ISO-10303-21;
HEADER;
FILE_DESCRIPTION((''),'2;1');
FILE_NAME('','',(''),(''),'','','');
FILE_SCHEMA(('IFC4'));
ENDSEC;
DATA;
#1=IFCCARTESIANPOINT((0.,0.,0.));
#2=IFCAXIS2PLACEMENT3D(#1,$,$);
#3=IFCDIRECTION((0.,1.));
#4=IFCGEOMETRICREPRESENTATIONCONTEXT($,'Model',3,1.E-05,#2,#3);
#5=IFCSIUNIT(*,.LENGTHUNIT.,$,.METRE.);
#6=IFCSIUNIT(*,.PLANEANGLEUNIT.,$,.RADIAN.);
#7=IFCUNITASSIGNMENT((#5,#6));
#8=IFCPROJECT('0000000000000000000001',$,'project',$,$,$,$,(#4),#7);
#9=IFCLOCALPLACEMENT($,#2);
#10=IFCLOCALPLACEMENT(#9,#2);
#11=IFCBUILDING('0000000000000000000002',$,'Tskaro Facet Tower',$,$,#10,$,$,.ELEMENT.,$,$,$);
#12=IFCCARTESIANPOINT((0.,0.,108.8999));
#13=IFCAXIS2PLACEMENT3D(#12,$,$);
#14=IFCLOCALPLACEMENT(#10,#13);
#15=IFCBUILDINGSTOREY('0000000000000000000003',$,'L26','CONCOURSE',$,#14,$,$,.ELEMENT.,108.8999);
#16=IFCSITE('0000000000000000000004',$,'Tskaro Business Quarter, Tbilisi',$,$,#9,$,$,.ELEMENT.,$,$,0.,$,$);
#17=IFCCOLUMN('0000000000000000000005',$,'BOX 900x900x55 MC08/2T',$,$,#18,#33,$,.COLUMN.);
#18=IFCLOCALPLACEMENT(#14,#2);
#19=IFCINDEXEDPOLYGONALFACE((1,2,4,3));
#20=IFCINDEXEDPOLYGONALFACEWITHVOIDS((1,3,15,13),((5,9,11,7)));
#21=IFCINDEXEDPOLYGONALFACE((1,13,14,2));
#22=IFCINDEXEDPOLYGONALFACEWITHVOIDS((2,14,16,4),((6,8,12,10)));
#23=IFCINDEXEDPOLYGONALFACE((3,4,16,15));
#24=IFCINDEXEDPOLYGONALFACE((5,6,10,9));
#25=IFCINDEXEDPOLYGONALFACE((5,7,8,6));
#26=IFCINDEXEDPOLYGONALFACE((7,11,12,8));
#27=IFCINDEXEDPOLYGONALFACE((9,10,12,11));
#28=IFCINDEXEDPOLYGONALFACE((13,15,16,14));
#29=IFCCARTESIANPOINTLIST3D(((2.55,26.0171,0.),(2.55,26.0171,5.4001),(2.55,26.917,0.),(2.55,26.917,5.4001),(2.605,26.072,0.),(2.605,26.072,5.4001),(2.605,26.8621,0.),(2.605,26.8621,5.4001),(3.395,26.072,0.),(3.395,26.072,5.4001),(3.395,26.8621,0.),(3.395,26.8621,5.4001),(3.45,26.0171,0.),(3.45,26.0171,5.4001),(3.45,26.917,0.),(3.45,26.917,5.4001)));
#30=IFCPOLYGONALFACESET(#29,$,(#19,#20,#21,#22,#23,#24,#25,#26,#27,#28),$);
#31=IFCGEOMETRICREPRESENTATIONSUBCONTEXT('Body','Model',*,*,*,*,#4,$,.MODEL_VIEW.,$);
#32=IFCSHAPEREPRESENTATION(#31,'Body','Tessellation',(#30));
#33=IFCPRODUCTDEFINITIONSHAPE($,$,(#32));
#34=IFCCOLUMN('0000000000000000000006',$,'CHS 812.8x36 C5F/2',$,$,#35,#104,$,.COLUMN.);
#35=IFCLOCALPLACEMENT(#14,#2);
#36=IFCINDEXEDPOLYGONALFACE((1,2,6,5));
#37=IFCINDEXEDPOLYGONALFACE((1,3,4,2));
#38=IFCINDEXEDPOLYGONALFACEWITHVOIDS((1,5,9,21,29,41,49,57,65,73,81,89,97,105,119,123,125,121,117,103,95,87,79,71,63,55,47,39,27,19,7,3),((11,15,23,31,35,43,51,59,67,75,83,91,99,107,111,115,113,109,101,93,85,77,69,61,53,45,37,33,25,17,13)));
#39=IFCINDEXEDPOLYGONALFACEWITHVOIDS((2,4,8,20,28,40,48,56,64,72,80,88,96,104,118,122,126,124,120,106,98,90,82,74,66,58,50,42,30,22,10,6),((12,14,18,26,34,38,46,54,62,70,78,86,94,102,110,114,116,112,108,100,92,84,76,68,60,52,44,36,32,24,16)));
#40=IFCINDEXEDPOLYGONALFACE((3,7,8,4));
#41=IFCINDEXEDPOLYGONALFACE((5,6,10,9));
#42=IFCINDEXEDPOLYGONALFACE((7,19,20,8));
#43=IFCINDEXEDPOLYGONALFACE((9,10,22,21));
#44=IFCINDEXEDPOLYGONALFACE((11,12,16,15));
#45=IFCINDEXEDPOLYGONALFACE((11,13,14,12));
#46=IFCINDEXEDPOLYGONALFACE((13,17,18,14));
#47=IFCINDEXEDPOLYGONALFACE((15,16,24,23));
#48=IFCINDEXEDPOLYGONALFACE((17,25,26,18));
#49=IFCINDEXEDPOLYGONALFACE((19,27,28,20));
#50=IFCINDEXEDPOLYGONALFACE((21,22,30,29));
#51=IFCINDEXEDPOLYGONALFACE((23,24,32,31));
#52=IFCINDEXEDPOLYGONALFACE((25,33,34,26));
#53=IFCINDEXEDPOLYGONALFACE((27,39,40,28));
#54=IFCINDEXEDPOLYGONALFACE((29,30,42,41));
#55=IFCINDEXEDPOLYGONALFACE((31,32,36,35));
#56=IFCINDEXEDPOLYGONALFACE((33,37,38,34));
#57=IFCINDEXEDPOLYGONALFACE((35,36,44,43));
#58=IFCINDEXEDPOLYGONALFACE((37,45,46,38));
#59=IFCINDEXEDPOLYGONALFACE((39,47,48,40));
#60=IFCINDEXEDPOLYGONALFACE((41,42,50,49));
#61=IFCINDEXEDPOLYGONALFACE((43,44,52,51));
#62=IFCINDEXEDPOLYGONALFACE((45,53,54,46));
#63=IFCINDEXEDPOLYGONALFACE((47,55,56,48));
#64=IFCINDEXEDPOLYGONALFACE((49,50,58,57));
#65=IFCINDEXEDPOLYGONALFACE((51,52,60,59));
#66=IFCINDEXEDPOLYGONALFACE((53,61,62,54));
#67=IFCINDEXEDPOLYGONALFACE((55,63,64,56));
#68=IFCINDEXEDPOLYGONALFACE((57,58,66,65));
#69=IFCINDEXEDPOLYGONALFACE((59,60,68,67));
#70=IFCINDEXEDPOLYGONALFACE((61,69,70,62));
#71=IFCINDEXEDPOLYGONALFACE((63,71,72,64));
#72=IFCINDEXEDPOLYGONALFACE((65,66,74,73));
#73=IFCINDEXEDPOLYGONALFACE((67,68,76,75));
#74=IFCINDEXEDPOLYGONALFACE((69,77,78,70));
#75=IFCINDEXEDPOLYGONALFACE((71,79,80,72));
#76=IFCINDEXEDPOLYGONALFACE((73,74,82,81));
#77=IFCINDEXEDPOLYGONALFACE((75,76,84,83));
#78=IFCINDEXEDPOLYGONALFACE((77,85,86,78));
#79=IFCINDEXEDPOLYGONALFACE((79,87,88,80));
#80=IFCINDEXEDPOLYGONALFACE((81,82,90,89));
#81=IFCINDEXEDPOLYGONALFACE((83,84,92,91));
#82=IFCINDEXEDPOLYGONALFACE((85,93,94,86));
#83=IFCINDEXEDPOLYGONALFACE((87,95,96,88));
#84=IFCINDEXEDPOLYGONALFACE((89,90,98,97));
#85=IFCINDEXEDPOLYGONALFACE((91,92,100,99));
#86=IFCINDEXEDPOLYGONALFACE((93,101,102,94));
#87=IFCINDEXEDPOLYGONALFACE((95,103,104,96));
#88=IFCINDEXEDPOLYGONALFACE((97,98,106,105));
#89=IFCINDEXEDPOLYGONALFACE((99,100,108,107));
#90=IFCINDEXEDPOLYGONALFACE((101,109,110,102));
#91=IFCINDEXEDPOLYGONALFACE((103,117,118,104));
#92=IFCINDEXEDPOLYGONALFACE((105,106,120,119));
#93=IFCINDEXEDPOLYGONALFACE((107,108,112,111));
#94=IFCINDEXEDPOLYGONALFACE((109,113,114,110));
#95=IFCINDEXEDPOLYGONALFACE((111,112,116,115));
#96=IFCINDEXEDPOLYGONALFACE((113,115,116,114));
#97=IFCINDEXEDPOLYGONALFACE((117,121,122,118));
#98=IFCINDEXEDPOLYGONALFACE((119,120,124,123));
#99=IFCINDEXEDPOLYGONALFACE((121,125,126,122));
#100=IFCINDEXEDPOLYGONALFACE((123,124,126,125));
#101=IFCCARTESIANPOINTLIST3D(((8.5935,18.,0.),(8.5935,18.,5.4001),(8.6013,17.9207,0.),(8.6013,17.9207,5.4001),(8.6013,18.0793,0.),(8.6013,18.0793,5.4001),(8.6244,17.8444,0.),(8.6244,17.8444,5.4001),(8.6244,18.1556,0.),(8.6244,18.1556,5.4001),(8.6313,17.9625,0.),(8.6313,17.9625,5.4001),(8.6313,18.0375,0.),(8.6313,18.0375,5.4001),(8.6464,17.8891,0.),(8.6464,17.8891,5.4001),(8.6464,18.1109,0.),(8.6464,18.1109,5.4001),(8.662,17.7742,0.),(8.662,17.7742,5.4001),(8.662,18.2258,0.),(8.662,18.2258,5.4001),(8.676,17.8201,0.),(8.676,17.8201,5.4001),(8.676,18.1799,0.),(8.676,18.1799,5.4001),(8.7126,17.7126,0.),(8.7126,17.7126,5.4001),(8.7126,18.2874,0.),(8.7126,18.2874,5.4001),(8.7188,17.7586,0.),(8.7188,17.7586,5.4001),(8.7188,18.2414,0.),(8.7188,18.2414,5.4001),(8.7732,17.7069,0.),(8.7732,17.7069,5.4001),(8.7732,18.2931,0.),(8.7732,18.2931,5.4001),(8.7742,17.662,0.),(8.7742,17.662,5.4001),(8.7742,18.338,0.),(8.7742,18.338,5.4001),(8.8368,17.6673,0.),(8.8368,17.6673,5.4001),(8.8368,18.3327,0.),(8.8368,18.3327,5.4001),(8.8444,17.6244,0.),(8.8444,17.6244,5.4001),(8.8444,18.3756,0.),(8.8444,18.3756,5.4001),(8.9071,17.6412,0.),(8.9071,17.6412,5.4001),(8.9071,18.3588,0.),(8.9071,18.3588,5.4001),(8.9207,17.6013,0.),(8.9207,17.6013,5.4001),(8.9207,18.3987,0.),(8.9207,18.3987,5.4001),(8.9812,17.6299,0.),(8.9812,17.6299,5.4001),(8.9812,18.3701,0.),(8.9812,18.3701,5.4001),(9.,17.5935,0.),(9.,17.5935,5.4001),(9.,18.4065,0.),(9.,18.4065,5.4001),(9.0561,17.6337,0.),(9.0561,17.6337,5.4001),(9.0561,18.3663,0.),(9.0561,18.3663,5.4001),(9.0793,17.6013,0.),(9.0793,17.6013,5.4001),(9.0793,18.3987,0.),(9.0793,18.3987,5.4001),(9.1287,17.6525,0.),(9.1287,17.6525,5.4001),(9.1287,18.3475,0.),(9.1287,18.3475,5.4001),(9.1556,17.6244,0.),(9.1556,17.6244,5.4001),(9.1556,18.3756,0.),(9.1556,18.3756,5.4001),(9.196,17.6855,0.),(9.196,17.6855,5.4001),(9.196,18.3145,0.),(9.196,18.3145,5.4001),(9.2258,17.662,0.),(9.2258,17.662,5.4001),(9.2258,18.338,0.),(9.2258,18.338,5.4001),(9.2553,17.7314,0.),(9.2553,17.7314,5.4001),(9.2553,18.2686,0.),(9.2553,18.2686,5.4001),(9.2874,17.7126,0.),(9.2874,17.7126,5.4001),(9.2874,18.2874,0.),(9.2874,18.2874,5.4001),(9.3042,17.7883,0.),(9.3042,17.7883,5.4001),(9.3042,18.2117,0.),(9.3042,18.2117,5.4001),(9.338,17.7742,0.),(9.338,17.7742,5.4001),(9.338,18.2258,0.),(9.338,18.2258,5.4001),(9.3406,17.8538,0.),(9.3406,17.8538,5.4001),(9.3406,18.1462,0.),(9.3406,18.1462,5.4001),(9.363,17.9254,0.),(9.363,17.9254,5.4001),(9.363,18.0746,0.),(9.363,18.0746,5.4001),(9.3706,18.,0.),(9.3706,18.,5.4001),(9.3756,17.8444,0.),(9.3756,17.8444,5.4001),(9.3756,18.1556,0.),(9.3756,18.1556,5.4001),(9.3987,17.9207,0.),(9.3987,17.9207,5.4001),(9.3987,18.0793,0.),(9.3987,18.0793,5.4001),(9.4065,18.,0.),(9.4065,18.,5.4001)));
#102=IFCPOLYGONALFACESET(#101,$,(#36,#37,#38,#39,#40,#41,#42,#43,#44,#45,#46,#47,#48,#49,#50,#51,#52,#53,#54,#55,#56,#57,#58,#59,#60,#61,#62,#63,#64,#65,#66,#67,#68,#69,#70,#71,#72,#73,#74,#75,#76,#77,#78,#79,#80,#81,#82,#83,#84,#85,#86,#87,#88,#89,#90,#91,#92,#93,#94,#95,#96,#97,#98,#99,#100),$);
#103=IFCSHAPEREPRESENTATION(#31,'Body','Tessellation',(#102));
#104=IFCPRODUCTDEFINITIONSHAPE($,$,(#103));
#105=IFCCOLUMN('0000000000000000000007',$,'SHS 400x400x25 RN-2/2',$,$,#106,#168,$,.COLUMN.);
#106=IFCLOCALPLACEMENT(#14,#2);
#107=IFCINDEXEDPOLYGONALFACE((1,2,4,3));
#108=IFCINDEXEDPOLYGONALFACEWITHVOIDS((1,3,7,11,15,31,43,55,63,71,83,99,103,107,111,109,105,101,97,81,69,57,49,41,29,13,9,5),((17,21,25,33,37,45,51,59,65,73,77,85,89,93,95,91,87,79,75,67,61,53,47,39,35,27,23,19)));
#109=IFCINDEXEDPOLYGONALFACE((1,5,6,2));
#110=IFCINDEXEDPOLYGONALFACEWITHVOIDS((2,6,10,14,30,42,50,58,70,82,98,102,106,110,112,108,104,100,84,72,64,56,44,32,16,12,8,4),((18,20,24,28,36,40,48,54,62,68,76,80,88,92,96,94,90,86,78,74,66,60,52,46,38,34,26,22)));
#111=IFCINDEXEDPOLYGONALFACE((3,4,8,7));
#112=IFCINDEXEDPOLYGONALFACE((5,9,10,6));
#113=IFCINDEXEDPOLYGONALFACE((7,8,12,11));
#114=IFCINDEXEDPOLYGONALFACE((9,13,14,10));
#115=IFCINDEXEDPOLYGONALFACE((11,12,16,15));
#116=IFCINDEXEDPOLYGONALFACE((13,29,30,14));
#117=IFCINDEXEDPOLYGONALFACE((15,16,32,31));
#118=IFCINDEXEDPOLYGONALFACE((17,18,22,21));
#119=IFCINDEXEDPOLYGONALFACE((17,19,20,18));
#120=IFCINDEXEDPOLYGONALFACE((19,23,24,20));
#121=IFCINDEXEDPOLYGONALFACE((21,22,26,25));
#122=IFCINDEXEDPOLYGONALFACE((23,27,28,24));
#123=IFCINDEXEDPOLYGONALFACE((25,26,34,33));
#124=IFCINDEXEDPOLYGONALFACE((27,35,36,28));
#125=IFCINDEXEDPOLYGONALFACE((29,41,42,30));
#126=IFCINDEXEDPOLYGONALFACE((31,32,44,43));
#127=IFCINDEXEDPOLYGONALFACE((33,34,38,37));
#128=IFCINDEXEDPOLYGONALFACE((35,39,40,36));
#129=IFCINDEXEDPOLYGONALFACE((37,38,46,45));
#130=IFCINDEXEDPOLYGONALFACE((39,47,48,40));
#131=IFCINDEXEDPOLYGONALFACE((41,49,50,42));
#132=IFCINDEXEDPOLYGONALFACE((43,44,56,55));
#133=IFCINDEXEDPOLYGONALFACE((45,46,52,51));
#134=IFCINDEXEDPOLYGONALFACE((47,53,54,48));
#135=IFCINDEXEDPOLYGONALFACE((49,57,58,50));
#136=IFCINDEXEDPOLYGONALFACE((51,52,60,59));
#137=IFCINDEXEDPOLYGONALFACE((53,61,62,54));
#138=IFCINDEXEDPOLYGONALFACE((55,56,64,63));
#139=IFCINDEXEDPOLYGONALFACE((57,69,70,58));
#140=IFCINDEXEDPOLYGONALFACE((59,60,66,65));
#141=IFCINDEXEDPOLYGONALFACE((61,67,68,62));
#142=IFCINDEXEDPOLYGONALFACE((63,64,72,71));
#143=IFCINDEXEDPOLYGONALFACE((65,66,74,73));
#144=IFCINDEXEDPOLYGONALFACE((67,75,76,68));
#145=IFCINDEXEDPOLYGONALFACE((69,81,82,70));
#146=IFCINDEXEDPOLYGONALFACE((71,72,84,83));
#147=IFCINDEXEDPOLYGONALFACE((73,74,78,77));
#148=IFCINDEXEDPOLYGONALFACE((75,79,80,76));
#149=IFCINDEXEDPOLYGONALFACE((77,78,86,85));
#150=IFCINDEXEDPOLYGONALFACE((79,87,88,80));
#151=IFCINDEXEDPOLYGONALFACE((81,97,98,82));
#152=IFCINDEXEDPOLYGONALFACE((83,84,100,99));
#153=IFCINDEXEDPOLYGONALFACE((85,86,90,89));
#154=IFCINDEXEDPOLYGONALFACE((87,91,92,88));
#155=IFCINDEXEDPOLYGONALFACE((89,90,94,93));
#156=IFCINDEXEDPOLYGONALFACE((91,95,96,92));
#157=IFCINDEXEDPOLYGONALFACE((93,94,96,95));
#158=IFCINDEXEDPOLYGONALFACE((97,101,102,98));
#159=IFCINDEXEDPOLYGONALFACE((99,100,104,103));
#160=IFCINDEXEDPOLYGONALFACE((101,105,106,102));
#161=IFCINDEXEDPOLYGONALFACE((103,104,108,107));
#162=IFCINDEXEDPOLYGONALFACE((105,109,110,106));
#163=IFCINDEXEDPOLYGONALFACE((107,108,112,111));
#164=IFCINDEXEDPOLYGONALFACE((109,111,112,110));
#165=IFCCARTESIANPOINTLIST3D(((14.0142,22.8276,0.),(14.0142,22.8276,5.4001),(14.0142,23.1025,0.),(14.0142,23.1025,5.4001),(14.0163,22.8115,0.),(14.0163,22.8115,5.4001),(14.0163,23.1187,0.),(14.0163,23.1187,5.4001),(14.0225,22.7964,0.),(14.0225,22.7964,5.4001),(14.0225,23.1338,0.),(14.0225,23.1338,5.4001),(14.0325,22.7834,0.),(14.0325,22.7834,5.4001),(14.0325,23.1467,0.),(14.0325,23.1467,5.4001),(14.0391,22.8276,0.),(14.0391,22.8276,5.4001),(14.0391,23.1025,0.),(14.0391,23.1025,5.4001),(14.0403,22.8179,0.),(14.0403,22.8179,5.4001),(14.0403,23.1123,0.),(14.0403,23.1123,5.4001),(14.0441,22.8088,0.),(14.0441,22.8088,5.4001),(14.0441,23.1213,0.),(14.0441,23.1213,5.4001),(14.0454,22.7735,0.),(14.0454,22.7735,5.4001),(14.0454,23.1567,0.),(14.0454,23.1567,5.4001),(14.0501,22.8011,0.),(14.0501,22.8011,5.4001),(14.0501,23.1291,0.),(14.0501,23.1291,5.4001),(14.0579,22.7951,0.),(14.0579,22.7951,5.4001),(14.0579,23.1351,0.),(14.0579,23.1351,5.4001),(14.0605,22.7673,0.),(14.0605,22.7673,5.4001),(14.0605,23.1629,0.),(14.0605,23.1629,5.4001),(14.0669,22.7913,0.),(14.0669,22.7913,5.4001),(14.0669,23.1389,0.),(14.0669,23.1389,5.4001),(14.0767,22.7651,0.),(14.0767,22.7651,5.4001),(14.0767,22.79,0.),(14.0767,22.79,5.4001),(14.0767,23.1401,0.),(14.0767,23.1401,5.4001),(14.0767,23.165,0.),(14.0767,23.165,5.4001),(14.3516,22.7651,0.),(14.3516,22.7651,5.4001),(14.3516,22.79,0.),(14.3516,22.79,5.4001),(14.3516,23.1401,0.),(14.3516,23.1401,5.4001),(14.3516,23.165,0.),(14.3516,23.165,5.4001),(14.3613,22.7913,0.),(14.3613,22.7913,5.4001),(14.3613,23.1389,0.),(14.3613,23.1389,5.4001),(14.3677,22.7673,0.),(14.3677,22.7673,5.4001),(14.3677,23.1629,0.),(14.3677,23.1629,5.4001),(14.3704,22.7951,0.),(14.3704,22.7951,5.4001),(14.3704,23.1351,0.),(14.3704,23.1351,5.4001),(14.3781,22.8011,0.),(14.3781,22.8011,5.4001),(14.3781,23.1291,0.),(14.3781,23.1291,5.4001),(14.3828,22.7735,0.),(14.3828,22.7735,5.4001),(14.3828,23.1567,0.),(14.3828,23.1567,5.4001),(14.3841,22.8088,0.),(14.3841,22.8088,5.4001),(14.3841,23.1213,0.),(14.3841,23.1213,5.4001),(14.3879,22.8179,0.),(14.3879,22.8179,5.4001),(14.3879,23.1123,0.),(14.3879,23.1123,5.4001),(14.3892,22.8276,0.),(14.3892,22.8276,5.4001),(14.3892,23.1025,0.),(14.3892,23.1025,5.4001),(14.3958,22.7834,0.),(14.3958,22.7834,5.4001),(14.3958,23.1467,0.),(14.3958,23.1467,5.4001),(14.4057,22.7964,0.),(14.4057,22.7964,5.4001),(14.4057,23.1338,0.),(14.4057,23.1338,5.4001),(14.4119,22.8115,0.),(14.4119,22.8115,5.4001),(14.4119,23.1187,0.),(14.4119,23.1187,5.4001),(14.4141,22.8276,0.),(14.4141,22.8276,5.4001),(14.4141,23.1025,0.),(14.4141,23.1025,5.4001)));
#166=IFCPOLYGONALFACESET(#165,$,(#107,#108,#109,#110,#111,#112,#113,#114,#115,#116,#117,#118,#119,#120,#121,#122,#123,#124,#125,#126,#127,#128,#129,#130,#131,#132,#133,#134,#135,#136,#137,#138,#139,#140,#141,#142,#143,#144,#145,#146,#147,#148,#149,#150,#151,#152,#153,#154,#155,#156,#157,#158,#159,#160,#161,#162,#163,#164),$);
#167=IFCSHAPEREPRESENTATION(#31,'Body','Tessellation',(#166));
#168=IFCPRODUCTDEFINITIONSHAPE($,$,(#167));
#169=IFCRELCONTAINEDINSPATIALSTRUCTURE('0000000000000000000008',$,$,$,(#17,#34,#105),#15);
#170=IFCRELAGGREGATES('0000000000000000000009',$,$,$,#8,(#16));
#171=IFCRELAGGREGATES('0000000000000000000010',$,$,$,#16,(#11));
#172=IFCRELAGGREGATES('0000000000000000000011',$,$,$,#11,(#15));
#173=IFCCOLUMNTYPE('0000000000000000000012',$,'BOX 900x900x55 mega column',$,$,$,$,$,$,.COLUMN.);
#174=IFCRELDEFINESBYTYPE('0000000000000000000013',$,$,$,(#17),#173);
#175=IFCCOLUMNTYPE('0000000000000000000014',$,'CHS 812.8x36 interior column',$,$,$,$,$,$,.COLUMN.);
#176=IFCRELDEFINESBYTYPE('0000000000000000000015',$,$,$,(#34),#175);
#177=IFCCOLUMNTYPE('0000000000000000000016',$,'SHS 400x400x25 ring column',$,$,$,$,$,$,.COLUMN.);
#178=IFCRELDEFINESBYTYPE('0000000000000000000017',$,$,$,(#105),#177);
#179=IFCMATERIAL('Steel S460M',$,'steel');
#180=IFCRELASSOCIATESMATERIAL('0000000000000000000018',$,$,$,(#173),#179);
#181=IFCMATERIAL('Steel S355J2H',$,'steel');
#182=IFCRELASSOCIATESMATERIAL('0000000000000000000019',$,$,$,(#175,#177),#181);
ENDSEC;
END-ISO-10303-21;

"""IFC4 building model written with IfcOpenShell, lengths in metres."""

from ifc_helpers import new_model, si_unit, direction, frame, origin, origin_2d, place, context, subcontext, project, spatial, hollow_rectangle, hollow_circle, extrude, material, material_profile, profile_set, type_object, element, save


model = new_model("IFC4")

# Units and contexts
model_context = context("Model", 3, precision=1e-05, world=origin(), true_north=direction((0.0, 1.0)))
body_context = subcontext(model_context, "Body", "Model", "MODEL_VIEW")
ifc_project = project(units=[si_unit("LENGTHUNIT", "METRE"), si_unit("PLANEANGLEUNIT", "RADIAN")], contexts=[model_context])

# Site, building, storey
site_placement = place(None, origin())
site = spatial("IfcSite", under=ifc_project, at=site_placement, Name="Tskaro Business Quarter, Tbilisi", CompositionType="ELEMENT", RefElevation=0.0)
building_placement = place(site_placement, origin())
building = spatial("IfcBuilding", under=site, at=building_placement, Name="Tskaro Facet Tower", CompositionType="ELEMENT")
storey_placement = place(building_placement, frame((0.0, 0.0, 108.8999)))
storey = spatial("IfcBuildingStorey", under=building, at=storey_placement, Name="L26", Description="CONCOURSE", CompositionType="ELEMENT", Elevation=108.8999)

# Columns
ifc_material_1 = material(Name="Steel S460M", Category="steel")
ifc_material_profile_1 = material_profile(ifc_material_1, hollow_rectangle(XDim=0.8999, YDim=0.8999, WallThickness=0.0549, at=origin_2d()), Name="BOX 900x900x55")
ifc_profile_set_1 = profile_set([ifc_material_profile_1], Name="Steel S460M")
column_type_1 = type_object("IfcColumnType", Name="BOX 900x900x55 mega column", PredefinedType="COLUMN", material=ifc_profile_set_1)
column_1_placement = place(storey_placement, frame((3.0, 26.467, 0.0), z_axis=(0.0, 0.0, 1.0), x_axis=(1.0, 0.0, 0.0)))
element("IfcColumn", 1, at=column_1_placement, inside=storey, type_object=column_type_1, Name="BOX 900x900x55 MC08/2T", PredefinedType="COLUMN", context=body_context, shape_type="SweptSolid", body=[
    extrude(hollow_rectangle(XDim=0.8999, YDim=0.8999, WallThickness=0.0549, at=origin_2d()), origin(), (0.0, 0.0, 1.0), 5.4001),
])
ifc_material_2 = material(Name="Steel S355J2H", Category="steel")
ifc_material_profile_2 = material_profile(ifc_material_2, hollow_circle(Radius=0.4065, WallThickness=0.0359, at=origin_2d()), Name="CHS 812.8x36")
ifc_profile_set_2 = profile_set([ifc_material_profile_2], Name="Steel S355J2H")
column_type_2 = type_object("IfcColumnType", Name="CHS 812.8x36 interior column", PredefinedType="COLUMN", material=ifc_profile_set_2)
column_2_placement = place(storey_placement, frame((9.0, 18.0, 0.0), z_axis=(0.0, 0.0, 1.0), x_axis=(1.0, 0.0, 0.0)))
element("IfcColumn", 2, at=column_2_placement, inside=storey, type_object=column_type_2, Name="CHS 812.8x36 C5F/2", PredefinedType="COLUMN", context=body_context, shape_type="SweptSolid", body=[
    extrude(hollow_circle(Radius=0.4065, WallThickness=0.0359, at=origin_2d()), origin(), (0.0, 0.0, 1.0), 5.4001),
])
ifc_material_profile_3 = material_profile(ifc_material_2, hollow_rectangle(XDim=0.3999, YDim=0.3999, WallThickness=0.0249, InnerFilletRadius=0.0376, OuterFilletRadius=0.0625, at=origin_2d()), Name="SHS 400x400x25")
ifc_profile_set_3 = profile_set([ifc_material_profile_3], Name="Steel S355J2H")
column_type_3 = type_object("IfcColumnType", Name="SHS 400x400x25 ring column", PredefinedType="COLUMN", material=ifc_profile_set_3)
for number, where, z_axis, x_axis, name in (
    (3, (14.2141, 22.9651, 0.0), (0.0, 0.0, 1.0), (1.0, 0.0, 0.0), "SHS 400x400x25 RN-2/2"),
):
    element("IfcColumn", number, at=place(storey_placement, frame(where, z_axis=z_axis, x_axis=x_axis)), inside=storey, type_object=column_type_3, Name=name, PredefinedType="COLUMN", context=body_context, shape_type="SweptSolid", body=[
        extrude(hollow_rectangle(XDim=0.3999, YDim=0.3999, WallThickness=0.0249, InnerFilletRadius=0.0376, OuterFilletRadius=0.0625, at=origin_2d()), origin(), (0.0, 0.0, 1.0), 5.4001),
    ])

save(model, "model.ifc")
